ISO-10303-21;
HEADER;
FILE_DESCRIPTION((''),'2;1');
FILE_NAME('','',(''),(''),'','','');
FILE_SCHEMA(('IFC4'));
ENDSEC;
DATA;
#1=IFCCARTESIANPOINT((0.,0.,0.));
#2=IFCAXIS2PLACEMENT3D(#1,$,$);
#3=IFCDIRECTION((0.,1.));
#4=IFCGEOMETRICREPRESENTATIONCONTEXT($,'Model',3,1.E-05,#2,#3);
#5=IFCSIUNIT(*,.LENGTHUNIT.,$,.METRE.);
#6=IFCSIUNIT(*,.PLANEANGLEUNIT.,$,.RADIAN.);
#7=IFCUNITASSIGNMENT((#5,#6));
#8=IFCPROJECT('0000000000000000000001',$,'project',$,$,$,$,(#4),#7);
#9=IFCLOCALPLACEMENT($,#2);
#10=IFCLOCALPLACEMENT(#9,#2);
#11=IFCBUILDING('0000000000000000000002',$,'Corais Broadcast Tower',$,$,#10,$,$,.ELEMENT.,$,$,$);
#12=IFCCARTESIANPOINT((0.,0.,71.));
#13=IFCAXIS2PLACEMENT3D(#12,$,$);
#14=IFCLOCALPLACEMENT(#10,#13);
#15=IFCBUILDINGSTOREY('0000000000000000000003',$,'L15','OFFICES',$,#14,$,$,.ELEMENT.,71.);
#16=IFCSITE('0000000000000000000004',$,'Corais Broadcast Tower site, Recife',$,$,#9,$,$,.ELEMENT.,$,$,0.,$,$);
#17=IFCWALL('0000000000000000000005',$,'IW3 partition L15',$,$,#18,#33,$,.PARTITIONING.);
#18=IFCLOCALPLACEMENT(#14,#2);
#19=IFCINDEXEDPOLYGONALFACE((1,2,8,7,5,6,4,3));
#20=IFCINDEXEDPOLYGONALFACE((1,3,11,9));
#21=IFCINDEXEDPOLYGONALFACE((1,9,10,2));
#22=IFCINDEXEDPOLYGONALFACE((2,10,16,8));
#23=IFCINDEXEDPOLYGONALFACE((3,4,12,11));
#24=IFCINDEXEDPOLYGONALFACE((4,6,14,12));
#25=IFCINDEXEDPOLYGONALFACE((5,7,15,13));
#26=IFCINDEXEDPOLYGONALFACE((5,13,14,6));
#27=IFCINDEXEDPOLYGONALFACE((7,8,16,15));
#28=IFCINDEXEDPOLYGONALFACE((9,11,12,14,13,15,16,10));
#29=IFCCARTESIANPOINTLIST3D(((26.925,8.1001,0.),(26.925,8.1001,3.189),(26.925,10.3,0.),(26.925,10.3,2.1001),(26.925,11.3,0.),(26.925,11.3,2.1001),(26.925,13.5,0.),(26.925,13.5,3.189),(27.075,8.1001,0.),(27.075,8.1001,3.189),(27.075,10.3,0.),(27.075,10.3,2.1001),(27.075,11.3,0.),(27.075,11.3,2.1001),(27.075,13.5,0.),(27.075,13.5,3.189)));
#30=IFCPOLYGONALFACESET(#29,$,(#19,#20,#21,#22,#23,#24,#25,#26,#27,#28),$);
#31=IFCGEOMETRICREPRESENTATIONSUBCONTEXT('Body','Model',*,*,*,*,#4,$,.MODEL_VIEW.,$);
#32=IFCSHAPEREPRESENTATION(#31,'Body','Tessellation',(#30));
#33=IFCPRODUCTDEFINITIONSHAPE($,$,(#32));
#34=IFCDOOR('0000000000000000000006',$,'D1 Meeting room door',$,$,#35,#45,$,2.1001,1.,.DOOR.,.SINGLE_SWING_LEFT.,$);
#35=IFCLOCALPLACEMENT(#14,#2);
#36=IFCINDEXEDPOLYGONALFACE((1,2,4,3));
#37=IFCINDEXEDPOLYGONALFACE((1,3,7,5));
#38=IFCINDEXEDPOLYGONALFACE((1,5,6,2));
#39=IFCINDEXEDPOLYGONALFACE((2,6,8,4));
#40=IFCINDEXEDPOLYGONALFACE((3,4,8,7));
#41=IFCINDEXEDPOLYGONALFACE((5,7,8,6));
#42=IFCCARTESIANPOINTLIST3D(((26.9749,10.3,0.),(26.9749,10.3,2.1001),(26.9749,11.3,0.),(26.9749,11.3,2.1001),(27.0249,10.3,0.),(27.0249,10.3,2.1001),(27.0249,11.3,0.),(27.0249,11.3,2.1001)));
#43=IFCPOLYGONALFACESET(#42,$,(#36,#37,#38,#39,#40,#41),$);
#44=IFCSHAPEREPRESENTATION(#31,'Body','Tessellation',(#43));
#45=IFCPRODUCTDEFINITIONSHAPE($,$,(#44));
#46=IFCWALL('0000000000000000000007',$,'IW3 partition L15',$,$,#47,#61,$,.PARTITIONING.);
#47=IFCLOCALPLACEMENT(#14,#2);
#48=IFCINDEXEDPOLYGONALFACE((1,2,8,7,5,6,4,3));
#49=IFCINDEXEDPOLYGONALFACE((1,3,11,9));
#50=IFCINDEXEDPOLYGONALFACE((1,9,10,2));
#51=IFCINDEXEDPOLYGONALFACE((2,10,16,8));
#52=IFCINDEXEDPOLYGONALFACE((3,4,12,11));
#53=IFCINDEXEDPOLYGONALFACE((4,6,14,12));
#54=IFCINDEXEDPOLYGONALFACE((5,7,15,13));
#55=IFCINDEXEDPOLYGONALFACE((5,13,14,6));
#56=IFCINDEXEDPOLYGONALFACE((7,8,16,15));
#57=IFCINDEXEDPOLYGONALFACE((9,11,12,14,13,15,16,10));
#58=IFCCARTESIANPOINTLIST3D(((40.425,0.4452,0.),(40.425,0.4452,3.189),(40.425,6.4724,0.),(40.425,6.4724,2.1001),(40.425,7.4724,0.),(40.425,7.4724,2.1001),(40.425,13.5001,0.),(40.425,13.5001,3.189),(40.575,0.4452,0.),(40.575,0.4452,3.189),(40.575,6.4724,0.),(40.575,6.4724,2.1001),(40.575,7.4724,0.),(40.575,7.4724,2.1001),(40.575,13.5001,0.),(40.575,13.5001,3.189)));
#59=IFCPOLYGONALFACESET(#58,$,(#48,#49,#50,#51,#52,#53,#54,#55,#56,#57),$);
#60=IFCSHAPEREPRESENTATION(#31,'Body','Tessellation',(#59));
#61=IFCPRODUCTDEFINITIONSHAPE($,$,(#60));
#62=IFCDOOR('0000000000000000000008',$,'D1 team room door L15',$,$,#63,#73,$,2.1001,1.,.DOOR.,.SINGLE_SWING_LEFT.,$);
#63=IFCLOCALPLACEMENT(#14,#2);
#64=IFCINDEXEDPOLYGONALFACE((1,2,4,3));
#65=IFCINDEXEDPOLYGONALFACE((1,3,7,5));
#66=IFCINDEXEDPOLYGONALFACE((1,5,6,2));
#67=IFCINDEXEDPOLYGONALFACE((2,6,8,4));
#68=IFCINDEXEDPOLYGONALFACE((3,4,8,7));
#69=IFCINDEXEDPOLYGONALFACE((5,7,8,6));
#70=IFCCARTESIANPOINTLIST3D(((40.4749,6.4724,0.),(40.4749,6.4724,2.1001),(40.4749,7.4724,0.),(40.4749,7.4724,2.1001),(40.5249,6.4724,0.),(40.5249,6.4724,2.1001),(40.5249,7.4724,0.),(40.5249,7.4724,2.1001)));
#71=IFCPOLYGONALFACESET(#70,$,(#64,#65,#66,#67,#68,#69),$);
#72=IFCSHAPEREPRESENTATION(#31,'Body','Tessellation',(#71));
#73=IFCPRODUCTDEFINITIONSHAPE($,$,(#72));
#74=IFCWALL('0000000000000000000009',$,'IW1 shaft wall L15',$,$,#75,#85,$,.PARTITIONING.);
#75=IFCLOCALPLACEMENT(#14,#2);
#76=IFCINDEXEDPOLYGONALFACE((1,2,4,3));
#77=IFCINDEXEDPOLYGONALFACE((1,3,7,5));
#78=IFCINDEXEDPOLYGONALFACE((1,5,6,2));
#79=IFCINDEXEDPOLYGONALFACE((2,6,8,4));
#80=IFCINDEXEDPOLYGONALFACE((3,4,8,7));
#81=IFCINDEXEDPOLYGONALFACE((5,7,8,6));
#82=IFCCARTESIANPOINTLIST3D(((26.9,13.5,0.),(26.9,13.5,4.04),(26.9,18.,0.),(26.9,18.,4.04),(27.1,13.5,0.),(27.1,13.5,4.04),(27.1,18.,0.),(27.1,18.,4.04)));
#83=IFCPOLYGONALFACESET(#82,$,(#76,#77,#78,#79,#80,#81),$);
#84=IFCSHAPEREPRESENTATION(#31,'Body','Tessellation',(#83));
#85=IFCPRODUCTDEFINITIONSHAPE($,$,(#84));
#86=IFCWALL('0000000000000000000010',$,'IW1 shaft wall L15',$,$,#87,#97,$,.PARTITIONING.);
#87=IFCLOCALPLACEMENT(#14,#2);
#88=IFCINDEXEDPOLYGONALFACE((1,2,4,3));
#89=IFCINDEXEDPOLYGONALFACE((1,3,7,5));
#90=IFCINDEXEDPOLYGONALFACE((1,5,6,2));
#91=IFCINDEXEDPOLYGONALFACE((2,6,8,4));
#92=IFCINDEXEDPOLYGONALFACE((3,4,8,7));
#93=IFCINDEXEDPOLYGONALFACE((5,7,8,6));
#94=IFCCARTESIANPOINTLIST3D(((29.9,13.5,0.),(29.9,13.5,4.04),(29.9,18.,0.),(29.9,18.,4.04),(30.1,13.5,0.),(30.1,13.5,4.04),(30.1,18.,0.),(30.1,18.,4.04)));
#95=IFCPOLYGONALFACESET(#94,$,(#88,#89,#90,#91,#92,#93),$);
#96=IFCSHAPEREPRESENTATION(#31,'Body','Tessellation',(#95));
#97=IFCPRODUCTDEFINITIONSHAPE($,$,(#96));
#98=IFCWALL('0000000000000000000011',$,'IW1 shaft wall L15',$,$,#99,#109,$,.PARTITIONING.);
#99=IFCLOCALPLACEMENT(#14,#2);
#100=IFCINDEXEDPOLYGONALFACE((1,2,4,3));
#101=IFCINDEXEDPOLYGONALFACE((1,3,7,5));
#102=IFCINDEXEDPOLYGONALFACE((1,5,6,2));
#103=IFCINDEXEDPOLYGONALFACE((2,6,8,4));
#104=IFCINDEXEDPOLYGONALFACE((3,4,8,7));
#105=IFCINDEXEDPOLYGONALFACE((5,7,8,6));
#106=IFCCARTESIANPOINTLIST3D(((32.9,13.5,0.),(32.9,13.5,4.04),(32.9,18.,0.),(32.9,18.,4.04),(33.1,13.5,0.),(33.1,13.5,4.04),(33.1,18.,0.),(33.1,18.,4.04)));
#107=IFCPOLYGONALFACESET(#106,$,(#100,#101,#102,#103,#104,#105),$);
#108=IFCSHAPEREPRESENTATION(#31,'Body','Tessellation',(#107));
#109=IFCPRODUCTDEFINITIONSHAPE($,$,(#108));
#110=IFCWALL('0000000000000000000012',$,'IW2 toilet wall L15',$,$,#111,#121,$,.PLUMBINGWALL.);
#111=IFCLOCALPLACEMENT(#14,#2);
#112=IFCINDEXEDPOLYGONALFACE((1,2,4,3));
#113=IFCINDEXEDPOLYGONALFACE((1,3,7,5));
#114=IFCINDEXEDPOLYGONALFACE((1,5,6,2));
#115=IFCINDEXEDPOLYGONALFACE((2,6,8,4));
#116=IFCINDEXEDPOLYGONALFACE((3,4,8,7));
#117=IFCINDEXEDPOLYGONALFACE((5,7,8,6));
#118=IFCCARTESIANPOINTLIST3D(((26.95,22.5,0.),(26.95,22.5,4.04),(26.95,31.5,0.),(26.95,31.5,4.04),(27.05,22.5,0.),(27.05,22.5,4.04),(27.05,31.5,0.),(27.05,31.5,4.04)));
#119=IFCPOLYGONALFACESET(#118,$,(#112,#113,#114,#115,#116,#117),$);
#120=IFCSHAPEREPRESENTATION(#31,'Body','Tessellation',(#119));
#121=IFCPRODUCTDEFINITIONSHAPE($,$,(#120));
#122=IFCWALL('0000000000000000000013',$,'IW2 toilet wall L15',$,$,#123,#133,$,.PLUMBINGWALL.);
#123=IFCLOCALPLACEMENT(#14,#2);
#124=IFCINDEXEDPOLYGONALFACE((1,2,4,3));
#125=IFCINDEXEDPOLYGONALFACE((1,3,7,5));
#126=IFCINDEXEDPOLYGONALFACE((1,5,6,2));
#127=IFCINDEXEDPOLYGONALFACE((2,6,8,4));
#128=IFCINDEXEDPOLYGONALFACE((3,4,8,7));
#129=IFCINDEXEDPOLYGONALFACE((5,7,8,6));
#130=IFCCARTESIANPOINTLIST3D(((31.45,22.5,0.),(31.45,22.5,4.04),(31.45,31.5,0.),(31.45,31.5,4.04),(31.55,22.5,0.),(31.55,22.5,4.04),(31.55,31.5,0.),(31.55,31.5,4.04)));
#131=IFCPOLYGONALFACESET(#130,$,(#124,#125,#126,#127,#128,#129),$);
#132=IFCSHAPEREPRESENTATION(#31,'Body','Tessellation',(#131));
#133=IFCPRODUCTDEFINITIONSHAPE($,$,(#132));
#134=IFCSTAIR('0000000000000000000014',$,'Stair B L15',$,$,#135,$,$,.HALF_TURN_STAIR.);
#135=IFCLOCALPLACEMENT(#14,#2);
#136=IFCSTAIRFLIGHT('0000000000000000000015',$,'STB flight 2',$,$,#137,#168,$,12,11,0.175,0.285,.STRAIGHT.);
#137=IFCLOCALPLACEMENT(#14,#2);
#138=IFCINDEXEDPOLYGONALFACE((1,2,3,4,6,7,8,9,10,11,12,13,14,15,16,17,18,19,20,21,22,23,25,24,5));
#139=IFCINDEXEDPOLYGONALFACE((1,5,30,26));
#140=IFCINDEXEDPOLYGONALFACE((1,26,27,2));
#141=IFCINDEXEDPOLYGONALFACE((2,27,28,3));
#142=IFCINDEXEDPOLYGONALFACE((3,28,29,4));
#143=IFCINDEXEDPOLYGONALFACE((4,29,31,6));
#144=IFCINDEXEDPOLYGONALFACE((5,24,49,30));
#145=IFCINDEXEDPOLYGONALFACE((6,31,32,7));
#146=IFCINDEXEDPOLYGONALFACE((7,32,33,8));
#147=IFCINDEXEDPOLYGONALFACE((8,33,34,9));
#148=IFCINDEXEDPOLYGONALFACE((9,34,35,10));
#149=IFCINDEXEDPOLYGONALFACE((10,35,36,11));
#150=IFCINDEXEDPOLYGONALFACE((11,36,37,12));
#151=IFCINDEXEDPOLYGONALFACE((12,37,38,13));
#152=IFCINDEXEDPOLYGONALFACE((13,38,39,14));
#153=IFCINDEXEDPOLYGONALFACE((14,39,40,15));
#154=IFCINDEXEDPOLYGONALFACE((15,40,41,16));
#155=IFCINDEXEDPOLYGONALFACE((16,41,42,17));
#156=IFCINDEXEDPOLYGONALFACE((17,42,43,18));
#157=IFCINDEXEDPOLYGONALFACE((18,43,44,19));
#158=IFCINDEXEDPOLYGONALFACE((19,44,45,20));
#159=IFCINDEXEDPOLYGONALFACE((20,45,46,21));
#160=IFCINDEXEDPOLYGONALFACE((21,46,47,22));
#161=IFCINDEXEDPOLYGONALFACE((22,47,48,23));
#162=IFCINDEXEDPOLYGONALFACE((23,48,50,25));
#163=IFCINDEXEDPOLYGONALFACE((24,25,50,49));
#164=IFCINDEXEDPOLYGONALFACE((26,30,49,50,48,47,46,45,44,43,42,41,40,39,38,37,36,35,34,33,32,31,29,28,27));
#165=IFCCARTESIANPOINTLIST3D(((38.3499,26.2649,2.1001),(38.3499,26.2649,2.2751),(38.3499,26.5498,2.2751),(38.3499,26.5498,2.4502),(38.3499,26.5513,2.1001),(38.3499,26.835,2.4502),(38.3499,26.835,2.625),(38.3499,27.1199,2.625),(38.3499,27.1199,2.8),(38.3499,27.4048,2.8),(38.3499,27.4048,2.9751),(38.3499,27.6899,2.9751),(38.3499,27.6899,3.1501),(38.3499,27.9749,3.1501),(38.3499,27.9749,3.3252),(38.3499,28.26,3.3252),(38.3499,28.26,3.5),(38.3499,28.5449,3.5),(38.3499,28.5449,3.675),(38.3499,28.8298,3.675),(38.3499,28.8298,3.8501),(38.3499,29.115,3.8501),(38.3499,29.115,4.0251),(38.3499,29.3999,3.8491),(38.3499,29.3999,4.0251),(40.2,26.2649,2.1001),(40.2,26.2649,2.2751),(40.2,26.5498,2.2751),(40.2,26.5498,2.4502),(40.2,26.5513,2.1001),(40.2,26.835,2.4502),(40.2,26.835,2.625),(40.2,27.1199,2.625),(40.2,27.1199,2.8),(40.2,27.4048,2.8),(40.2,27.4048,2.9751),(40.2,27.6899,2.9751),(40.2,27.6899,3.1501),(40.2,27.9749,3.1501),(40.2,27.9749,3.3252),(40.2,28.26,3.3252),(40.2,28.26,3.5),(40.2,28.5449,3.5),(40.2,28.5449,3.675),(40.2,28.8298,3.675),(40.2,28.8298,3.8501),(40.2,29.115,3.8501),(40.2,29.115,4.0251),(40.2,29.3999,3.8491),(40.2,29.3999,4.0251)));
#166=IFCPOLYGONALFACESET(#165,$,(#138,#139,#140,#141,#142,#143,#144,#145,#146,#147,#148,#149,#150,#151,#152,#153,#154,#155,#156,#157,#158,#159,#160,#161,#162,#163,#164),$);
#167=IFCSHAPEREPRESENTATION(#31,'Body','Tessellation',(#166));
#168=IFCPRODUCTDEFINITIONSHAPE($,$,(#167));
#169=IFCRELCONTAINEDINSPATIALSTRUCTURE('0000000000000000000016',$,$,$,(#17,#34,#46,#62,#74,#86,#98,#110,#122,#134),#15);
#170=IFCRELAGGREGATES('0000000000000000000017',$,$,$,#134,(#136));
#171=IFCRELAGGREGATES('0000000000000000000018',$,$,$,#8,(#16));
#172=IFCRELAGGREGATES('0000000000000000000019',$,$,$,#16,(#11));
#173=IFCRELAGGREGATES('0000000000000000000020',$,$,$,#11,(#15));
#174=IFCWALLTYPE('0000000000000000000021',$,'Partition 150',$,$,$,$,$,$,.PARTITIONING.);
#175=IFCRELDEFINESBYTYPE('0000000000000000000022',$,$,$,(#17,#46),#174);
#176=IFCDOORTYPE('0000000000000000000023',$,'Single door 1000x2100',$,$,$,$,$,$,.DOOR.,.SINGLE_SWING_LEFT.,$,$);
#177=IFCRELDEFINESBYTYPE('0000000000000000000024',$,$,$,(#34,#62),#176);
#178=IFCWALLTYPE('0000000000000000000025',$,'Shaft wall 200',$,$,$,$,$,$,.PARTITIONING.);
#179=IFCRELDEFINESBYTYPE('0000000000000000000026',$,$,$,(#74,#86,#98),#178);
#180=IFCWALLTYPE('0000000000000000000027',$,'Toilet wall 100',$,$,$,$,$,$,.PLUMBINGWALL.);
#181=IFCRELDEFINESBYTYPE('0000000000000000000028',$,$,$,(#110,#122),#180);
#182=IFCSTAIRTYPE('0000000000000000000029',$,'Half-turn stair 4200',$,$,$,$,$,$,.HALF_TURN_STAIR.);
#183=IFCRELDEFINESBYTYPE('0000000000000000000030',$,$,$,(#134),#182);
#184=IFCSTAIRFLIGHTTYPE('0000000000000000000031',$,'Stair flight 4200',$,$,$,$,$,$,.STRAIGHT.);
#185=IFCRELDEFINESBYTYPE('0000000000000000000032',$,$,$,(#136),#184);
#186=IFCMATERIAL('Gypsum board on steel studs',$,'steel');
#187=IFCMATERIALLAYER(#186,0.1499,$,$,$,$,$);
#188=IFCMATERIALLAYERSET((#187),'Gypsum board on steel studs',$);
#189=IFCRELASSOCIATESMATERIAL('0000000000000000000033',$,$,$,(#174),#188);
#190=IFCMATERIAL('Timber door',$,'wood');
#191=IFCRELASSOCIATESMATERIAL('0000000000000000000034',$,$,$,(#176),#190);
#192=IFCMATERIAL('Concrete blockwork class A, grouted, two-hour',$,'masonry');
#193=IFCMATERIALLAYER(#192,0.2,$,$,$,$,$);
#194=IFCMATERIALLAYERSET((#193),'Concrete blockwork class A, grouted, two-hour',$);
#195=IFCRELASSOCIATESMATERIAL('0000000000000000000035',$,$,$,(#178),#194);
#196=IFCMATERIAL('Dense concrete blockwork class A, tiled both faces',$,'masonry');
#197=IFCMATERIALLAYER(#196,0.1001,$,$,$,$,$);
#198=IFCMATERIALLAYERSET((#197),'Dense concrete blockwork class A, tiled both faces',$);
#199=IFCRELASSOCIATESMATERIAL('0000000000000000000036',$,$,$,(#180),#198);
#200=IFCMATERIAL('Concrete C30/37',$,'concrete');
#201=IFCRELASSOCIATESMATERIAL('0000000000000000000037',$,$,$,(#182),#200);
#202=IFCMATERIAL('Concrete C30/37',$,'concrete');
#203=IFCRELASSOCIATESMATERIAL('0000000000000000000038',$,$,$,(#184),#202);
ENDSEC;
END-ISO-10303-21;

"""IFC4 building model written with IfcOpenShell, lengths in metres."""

from ifc_helpers import new_model, si_unit, direction, frame, frame_2d, origin, place, context, subcontext, project, spatial, polyline, rectangle, outline, extrude, material, layer, layer_set, type_object, element, fill, aggregate, save


model = new_model("IFC4")

# Units and contexts
model_context = context("Model", 3, precision=1e-05, world=origin(), true_north=direction((0.0, 1.0)))
body_context = subcontext(model_context, "Body", "Model", "MODEL_VIEW")
ifc_project = project(units=[si_unit("LENGTHUNIT", "METRE"), si_unit("PLANEANGLEUNIT", "RADIAN")], contexts=[model_context])

# Site, building, storey
site_placement = place(None, origin())
site = spatial("IfcSite", under=ifc_project, at=site_placement, Name="Corais Broadcast Tower site, Recife", CompositionType="ELEMENT", RefElevation=0.0)
building_placement = place(site_placement, origin())
building = spatial("IfcBuilding", under=site, at=building_placement, Name="Corais Broadcast Tower", CompositionType="ELEMENT")
storey_placement = place(building_placement, frame((0.0, 0.0, 71.0)))
storey = spatial("IfcBuildingStorey", under=building, at=storey_placement, Name="L15", Description="OFFICES", CompositionType="ELEMENT", Elevation=71.0)

# Shared definitions
ifc_material_1 = material(Name="Gypsum board on steel studs", Category="steel")
ifc_layer_1 = layer(ifc_material_1, 0.1499)
ifc_layer_set_1 = layer_set([ifc_layer_1], Name="Gypsum board on steel studs")
wall_type_1 = type_object("IfcWallType", Name="Partition 150", PredefinedType="PARTITIONING", material=ifc_layer_set_1)
ifc_material_2 = material(Name="Timber door", Category="wood")
door_type_1 = type_object("IfcDoorType", Name="Single door 1000x2100", OperationType="SINGLE_SWING_LEFT", PredefinedType="DOOR", material=ifc_material_2)

# Walls, openings, doors
wall_1_placement = place(storey_placement, frame((27.0, 13.5, 0.0), z_axis=(0.0, 0.0, 1.0), x_axis=(0.0, -1.0, 0.0)))
wall_1 = element("IfcWall", 1, at=wall_1_placement, inside=storey, type_object=wall_type_1, Name="IW3 partition L15", PredefinedType="PARTITIONING", context=body_context, shape_type="SweptSolid", body=[
    extrude(rectangle(XDim=5.3999, YDim=0.1499, at=frame_2d((2.7, 0.0))), origin(), (0.0, 0.0, 1.0), 3.189),
])
opening_1_placement = place(wall_1_placement, frame((2.2, 0.0, 0.0)))
opening_1 = element("IfcOpeningElement", 2, at=opening_1_placement, cuts=wall_1, PredefinedType="OPENING", context=body_context, shape_type="SweptSolid", body=[
    extrude(rectangle(XDim=1.0, YDim=2.1001, at=frame_2d((0.5, 1.05))), frame((0.0, 0.085, 0.0), z_axis=(0.0, -1.0, 0.0), x_axis=(1.0, 0.0, 0.0)), (0.0, 0.0, 1.0), 0.1699),
])
door_1_placement = place(opening_1_placement, origin())
door_1 = element("IfcDoor", 3, at=door_1_placement, inside=storey, type_object=door_type_1, Name="D1 Meeting room door", OperationType="SINGLE_SWING_LEFT", OverallHeight=2.1001, OverallWidth=1.0, PredefinedType="DOOR", context=body_context, shape_type="SweptSolid", body=[
    extrude(rectangle(XDim=1.0, YDim=2.1001, at=frame_2d((0.5, 1.05))), frame((0.0, 0.0249, 0.0), z_axis=(0.0, -1.0, 0.0), x_axis=(1.0, 0.0, 0.0)), (0.0, 0.0, 1.0), 0.05),
])
fill(opening_1, door_1)
wall_2_placement = place(storey_placement, frame((40.5, 13.5, 0.0), z_axis=(0.0, 0.0, 1.0), x_axis=(0.0, -1.0, 0.0)))
wall_2 = element("IfcWall", 4, at=wall_2_placement, inside=storey, type_object=wall_type_1, Name="IW3 partition L15", PredefinedType="PARTITIONING", context=body_context, shape_type="SweptSolid", body=[
    extrude(rectangle(XDim=13.0549, YDim=0.1499, at=frame_2d((6.5273, 0.0))), origin(), (0.0, 0.0, 1.0), 3.189),
])
opening_2_placement = place(wall_2_placement, frame((6.0276, 0.0, 0.0)))
opening_2 = element("IfcOpeningElement", 5, at=opening_2_placement, cuts=wall_2, PredefinedType="OPENING", context=body_context, shape_type="SweptSolid", body=[
    extrude(rectangle(XDim=1.0, YDim=2.1001, at=frame_2d((0.5, 1.05))), frame((0.0, 0.085, 0.0), z_axis=(0.0, -1.0, 0.0), x_axis=(1.0, 0.0, 0.0)), (0.0, 0.0, 1.0), 0.1699),
])
door_2_placement = place(opening_2_placement, origin())
door_2 = element("IfcDoor", 6, at=door_2_placement, inside=storey, type_object=door_type_1, Name="D1 team room door L15", OperationType="SINGLE_SWING_LEFT", OverallHeight=2.1001, OverallWidth=1.0, PredefinedType="DOOR", context=body_context, shape_type="SweptSolid", body=[
    extrude(rectangle(XDim=1.0, YDim=2.1001, at=frame_2d((0.5, 1.05))), frame((0.0, 0.0249, 0.0), z_axis=(0.0, -1.0, 0.0), x_axis=(1.0, 0.0, 0.0)), (0.0, 0.0, 1.0), 0.05),
])
fill(opening_2, door_2)

# Walls
ifc_material_3 = material(Name="Concrete blockwork class A, grouted, two-hour", Category="masonry")
ifc_layer_2 = layer(ifc_material_3, 0.2)
ifc_layer_set_2 = layer_set([ifc_layer_2], Name="Concrete blockwork class A, grouted, two-hour")
wall_type_2 = type_object("IfcWallType", Name="Shaft wall 200", PredefinedType="PARTITIONING", material=ifc_layer_set_2)
for number, where, z_axis, x_axis, name in (
    (7, (27.0, 13.5, 0.0), (0.0, 0.0, 1.0), (0.0, 1.0, 0.0), "IW1 shaft wall L15"),
    (8, (30.0, 13.5, 0.0), (0.0, 0.0, 1.0), (0.0, 1.0, 0.0), "IW1 shaft wall L15"),
    (9, (33.0, 13.5, 0.0), (0.0, 0.0, 1.0), (0.0, 1.0, 0.0), "IW1 shaft wall L15"),
):
    element("IfcWall", number, at=place(storey_placement, frame(where, z_axis=z_axis, x_axis=x_axis)), inside=storey, type_object=wall_type_2, Name=name, PredefinedType="PARTITIONING", context=body_context, shape_type="SweptSolid", body=[
        extrude(rectangle(XDim=4.5, YDim=0.2, at=frame_2d((2.25, 0.0))), origin(), (0.0, 0.0, 1.0), 4.04),
    ])
ifc_material_4 = material(Name="Dense concrete blockwork class A, tiled both faces", Category="masonry")
ifc_layer_3 = layer(ifc_material_4, 0.1001)
ifc_layer_set_3 = layer_set([ifc_layer_3], Name="Dense concrete blockwork class A, tiled both faces")
wall_type_3 = type_object("IfcWallType", Name="Toilet wall 100", PredefinedType="PLUMBINGWALL", material=ifc_layer_set_3)
for number, where, z_axis, x_axis, name in (
    (10, (27.0, 22.5, 0.0), (0.0, 0.0, 1.0), (0.0, 1.0, 0.0), "IW2 toilet wall L15"),
    (11, (31.5, 22.5, 0.0), (0.0, 0.0, 1.0), (0.0, 1.0, 0.0), "IW2 toilet wall L15"),
):
    element("IfcWall", number, at=place(storey_placement, frame(where, z_axis=z_axis, x_axis=x_axis)), inside=storey, type_object=wall_type_3, Name=name, PredefinedType="PLUMBINGWALL", context=body_context, shape_type="SweptSolid", body=[
        extrude(rectangle(XDim=9.0, YDim=0.1001, at=frame_2d((4.5, 0.0))), origin(), (0.0, 0.0, 1.0), 4.04),
    ])

# Stair, stair flight
ifc_material_5 = material(Name="Concrete C30/37", Category="concrete")
stair_type = type_object("IfcStairType", Name="Half-turn stair 4200", PredefinedType="HALF_TURN_STAIR", material=ifc_material_5)
stair_placement = place(storey_placement, origin())
stair = element("IfcStair", 12, at=stair_placement, inside=storey, type_object=stair_type, Name="Stair B L15", PredefinedType="HALF_TURN_STAIR")
ifc_material_6 = material(Name="Concrete C30/37", Category="concrete")
stair_flight_type = type_object("IfcStairFlightType", Name="Stair flight 4200", PredefinedType="STRAIGHT", material=ifc_material_6)
stair_flight_placement = place(storey_placement, frame((39.2749, 26.2649, 2.1001), z_axis=(0.0, 0.0, 1.0), x_axis=(0.0, 1.0, 0.0)))
stair_flight = element("IfcStairFlight", 13, at=stair_flight_placement, type_object=stair_flight_type, Name="STB flight 2", NumberOfRisers=12, NumberOfTreads=11, PredefinedType="STRAIGHT", RiserHeight=0.175, TreadLength=0.285, context=body_context, shape_type="SweptSolid", body=[
    extrude(outline(polyline([(0.0, 0.0), (0.0, 0.175), (0.2849, 0.175), (0.2849, 0.3501), (0.5701, 0.3501), (0.5701, 0.5249), (0.855, 0.5249), (0.855, 0.7), (1.1399, 0.7), (1.1399, 0.875), (1.425, 0.875), (1.425, 1.05), (1.71, 1.05), (1.71, 1.2251), (1.9951, 1.2251), (1.9951, 1.3999), (2.28, 1.3999), (2.28, 1.575), (2.5649, 1.575), (2.5649, 1.75), (2.8501, 1.75), (2.8501, 1.925), (3.135, 1.925), (3.135, 2.1001), (3.135, 1.749), (0.2864, 0.0), (0.0, 0.0)])), frame((0.0, 0.925, 0.0), z_axis=(0.0, -1.0, 0.0), x_axis=(1.0, 0.0, 0.0)), (0.0, 0.0, 1.0), 1.8501),
])
aggregate(stair, [stair_flight])

save(model, "model.ifc")
